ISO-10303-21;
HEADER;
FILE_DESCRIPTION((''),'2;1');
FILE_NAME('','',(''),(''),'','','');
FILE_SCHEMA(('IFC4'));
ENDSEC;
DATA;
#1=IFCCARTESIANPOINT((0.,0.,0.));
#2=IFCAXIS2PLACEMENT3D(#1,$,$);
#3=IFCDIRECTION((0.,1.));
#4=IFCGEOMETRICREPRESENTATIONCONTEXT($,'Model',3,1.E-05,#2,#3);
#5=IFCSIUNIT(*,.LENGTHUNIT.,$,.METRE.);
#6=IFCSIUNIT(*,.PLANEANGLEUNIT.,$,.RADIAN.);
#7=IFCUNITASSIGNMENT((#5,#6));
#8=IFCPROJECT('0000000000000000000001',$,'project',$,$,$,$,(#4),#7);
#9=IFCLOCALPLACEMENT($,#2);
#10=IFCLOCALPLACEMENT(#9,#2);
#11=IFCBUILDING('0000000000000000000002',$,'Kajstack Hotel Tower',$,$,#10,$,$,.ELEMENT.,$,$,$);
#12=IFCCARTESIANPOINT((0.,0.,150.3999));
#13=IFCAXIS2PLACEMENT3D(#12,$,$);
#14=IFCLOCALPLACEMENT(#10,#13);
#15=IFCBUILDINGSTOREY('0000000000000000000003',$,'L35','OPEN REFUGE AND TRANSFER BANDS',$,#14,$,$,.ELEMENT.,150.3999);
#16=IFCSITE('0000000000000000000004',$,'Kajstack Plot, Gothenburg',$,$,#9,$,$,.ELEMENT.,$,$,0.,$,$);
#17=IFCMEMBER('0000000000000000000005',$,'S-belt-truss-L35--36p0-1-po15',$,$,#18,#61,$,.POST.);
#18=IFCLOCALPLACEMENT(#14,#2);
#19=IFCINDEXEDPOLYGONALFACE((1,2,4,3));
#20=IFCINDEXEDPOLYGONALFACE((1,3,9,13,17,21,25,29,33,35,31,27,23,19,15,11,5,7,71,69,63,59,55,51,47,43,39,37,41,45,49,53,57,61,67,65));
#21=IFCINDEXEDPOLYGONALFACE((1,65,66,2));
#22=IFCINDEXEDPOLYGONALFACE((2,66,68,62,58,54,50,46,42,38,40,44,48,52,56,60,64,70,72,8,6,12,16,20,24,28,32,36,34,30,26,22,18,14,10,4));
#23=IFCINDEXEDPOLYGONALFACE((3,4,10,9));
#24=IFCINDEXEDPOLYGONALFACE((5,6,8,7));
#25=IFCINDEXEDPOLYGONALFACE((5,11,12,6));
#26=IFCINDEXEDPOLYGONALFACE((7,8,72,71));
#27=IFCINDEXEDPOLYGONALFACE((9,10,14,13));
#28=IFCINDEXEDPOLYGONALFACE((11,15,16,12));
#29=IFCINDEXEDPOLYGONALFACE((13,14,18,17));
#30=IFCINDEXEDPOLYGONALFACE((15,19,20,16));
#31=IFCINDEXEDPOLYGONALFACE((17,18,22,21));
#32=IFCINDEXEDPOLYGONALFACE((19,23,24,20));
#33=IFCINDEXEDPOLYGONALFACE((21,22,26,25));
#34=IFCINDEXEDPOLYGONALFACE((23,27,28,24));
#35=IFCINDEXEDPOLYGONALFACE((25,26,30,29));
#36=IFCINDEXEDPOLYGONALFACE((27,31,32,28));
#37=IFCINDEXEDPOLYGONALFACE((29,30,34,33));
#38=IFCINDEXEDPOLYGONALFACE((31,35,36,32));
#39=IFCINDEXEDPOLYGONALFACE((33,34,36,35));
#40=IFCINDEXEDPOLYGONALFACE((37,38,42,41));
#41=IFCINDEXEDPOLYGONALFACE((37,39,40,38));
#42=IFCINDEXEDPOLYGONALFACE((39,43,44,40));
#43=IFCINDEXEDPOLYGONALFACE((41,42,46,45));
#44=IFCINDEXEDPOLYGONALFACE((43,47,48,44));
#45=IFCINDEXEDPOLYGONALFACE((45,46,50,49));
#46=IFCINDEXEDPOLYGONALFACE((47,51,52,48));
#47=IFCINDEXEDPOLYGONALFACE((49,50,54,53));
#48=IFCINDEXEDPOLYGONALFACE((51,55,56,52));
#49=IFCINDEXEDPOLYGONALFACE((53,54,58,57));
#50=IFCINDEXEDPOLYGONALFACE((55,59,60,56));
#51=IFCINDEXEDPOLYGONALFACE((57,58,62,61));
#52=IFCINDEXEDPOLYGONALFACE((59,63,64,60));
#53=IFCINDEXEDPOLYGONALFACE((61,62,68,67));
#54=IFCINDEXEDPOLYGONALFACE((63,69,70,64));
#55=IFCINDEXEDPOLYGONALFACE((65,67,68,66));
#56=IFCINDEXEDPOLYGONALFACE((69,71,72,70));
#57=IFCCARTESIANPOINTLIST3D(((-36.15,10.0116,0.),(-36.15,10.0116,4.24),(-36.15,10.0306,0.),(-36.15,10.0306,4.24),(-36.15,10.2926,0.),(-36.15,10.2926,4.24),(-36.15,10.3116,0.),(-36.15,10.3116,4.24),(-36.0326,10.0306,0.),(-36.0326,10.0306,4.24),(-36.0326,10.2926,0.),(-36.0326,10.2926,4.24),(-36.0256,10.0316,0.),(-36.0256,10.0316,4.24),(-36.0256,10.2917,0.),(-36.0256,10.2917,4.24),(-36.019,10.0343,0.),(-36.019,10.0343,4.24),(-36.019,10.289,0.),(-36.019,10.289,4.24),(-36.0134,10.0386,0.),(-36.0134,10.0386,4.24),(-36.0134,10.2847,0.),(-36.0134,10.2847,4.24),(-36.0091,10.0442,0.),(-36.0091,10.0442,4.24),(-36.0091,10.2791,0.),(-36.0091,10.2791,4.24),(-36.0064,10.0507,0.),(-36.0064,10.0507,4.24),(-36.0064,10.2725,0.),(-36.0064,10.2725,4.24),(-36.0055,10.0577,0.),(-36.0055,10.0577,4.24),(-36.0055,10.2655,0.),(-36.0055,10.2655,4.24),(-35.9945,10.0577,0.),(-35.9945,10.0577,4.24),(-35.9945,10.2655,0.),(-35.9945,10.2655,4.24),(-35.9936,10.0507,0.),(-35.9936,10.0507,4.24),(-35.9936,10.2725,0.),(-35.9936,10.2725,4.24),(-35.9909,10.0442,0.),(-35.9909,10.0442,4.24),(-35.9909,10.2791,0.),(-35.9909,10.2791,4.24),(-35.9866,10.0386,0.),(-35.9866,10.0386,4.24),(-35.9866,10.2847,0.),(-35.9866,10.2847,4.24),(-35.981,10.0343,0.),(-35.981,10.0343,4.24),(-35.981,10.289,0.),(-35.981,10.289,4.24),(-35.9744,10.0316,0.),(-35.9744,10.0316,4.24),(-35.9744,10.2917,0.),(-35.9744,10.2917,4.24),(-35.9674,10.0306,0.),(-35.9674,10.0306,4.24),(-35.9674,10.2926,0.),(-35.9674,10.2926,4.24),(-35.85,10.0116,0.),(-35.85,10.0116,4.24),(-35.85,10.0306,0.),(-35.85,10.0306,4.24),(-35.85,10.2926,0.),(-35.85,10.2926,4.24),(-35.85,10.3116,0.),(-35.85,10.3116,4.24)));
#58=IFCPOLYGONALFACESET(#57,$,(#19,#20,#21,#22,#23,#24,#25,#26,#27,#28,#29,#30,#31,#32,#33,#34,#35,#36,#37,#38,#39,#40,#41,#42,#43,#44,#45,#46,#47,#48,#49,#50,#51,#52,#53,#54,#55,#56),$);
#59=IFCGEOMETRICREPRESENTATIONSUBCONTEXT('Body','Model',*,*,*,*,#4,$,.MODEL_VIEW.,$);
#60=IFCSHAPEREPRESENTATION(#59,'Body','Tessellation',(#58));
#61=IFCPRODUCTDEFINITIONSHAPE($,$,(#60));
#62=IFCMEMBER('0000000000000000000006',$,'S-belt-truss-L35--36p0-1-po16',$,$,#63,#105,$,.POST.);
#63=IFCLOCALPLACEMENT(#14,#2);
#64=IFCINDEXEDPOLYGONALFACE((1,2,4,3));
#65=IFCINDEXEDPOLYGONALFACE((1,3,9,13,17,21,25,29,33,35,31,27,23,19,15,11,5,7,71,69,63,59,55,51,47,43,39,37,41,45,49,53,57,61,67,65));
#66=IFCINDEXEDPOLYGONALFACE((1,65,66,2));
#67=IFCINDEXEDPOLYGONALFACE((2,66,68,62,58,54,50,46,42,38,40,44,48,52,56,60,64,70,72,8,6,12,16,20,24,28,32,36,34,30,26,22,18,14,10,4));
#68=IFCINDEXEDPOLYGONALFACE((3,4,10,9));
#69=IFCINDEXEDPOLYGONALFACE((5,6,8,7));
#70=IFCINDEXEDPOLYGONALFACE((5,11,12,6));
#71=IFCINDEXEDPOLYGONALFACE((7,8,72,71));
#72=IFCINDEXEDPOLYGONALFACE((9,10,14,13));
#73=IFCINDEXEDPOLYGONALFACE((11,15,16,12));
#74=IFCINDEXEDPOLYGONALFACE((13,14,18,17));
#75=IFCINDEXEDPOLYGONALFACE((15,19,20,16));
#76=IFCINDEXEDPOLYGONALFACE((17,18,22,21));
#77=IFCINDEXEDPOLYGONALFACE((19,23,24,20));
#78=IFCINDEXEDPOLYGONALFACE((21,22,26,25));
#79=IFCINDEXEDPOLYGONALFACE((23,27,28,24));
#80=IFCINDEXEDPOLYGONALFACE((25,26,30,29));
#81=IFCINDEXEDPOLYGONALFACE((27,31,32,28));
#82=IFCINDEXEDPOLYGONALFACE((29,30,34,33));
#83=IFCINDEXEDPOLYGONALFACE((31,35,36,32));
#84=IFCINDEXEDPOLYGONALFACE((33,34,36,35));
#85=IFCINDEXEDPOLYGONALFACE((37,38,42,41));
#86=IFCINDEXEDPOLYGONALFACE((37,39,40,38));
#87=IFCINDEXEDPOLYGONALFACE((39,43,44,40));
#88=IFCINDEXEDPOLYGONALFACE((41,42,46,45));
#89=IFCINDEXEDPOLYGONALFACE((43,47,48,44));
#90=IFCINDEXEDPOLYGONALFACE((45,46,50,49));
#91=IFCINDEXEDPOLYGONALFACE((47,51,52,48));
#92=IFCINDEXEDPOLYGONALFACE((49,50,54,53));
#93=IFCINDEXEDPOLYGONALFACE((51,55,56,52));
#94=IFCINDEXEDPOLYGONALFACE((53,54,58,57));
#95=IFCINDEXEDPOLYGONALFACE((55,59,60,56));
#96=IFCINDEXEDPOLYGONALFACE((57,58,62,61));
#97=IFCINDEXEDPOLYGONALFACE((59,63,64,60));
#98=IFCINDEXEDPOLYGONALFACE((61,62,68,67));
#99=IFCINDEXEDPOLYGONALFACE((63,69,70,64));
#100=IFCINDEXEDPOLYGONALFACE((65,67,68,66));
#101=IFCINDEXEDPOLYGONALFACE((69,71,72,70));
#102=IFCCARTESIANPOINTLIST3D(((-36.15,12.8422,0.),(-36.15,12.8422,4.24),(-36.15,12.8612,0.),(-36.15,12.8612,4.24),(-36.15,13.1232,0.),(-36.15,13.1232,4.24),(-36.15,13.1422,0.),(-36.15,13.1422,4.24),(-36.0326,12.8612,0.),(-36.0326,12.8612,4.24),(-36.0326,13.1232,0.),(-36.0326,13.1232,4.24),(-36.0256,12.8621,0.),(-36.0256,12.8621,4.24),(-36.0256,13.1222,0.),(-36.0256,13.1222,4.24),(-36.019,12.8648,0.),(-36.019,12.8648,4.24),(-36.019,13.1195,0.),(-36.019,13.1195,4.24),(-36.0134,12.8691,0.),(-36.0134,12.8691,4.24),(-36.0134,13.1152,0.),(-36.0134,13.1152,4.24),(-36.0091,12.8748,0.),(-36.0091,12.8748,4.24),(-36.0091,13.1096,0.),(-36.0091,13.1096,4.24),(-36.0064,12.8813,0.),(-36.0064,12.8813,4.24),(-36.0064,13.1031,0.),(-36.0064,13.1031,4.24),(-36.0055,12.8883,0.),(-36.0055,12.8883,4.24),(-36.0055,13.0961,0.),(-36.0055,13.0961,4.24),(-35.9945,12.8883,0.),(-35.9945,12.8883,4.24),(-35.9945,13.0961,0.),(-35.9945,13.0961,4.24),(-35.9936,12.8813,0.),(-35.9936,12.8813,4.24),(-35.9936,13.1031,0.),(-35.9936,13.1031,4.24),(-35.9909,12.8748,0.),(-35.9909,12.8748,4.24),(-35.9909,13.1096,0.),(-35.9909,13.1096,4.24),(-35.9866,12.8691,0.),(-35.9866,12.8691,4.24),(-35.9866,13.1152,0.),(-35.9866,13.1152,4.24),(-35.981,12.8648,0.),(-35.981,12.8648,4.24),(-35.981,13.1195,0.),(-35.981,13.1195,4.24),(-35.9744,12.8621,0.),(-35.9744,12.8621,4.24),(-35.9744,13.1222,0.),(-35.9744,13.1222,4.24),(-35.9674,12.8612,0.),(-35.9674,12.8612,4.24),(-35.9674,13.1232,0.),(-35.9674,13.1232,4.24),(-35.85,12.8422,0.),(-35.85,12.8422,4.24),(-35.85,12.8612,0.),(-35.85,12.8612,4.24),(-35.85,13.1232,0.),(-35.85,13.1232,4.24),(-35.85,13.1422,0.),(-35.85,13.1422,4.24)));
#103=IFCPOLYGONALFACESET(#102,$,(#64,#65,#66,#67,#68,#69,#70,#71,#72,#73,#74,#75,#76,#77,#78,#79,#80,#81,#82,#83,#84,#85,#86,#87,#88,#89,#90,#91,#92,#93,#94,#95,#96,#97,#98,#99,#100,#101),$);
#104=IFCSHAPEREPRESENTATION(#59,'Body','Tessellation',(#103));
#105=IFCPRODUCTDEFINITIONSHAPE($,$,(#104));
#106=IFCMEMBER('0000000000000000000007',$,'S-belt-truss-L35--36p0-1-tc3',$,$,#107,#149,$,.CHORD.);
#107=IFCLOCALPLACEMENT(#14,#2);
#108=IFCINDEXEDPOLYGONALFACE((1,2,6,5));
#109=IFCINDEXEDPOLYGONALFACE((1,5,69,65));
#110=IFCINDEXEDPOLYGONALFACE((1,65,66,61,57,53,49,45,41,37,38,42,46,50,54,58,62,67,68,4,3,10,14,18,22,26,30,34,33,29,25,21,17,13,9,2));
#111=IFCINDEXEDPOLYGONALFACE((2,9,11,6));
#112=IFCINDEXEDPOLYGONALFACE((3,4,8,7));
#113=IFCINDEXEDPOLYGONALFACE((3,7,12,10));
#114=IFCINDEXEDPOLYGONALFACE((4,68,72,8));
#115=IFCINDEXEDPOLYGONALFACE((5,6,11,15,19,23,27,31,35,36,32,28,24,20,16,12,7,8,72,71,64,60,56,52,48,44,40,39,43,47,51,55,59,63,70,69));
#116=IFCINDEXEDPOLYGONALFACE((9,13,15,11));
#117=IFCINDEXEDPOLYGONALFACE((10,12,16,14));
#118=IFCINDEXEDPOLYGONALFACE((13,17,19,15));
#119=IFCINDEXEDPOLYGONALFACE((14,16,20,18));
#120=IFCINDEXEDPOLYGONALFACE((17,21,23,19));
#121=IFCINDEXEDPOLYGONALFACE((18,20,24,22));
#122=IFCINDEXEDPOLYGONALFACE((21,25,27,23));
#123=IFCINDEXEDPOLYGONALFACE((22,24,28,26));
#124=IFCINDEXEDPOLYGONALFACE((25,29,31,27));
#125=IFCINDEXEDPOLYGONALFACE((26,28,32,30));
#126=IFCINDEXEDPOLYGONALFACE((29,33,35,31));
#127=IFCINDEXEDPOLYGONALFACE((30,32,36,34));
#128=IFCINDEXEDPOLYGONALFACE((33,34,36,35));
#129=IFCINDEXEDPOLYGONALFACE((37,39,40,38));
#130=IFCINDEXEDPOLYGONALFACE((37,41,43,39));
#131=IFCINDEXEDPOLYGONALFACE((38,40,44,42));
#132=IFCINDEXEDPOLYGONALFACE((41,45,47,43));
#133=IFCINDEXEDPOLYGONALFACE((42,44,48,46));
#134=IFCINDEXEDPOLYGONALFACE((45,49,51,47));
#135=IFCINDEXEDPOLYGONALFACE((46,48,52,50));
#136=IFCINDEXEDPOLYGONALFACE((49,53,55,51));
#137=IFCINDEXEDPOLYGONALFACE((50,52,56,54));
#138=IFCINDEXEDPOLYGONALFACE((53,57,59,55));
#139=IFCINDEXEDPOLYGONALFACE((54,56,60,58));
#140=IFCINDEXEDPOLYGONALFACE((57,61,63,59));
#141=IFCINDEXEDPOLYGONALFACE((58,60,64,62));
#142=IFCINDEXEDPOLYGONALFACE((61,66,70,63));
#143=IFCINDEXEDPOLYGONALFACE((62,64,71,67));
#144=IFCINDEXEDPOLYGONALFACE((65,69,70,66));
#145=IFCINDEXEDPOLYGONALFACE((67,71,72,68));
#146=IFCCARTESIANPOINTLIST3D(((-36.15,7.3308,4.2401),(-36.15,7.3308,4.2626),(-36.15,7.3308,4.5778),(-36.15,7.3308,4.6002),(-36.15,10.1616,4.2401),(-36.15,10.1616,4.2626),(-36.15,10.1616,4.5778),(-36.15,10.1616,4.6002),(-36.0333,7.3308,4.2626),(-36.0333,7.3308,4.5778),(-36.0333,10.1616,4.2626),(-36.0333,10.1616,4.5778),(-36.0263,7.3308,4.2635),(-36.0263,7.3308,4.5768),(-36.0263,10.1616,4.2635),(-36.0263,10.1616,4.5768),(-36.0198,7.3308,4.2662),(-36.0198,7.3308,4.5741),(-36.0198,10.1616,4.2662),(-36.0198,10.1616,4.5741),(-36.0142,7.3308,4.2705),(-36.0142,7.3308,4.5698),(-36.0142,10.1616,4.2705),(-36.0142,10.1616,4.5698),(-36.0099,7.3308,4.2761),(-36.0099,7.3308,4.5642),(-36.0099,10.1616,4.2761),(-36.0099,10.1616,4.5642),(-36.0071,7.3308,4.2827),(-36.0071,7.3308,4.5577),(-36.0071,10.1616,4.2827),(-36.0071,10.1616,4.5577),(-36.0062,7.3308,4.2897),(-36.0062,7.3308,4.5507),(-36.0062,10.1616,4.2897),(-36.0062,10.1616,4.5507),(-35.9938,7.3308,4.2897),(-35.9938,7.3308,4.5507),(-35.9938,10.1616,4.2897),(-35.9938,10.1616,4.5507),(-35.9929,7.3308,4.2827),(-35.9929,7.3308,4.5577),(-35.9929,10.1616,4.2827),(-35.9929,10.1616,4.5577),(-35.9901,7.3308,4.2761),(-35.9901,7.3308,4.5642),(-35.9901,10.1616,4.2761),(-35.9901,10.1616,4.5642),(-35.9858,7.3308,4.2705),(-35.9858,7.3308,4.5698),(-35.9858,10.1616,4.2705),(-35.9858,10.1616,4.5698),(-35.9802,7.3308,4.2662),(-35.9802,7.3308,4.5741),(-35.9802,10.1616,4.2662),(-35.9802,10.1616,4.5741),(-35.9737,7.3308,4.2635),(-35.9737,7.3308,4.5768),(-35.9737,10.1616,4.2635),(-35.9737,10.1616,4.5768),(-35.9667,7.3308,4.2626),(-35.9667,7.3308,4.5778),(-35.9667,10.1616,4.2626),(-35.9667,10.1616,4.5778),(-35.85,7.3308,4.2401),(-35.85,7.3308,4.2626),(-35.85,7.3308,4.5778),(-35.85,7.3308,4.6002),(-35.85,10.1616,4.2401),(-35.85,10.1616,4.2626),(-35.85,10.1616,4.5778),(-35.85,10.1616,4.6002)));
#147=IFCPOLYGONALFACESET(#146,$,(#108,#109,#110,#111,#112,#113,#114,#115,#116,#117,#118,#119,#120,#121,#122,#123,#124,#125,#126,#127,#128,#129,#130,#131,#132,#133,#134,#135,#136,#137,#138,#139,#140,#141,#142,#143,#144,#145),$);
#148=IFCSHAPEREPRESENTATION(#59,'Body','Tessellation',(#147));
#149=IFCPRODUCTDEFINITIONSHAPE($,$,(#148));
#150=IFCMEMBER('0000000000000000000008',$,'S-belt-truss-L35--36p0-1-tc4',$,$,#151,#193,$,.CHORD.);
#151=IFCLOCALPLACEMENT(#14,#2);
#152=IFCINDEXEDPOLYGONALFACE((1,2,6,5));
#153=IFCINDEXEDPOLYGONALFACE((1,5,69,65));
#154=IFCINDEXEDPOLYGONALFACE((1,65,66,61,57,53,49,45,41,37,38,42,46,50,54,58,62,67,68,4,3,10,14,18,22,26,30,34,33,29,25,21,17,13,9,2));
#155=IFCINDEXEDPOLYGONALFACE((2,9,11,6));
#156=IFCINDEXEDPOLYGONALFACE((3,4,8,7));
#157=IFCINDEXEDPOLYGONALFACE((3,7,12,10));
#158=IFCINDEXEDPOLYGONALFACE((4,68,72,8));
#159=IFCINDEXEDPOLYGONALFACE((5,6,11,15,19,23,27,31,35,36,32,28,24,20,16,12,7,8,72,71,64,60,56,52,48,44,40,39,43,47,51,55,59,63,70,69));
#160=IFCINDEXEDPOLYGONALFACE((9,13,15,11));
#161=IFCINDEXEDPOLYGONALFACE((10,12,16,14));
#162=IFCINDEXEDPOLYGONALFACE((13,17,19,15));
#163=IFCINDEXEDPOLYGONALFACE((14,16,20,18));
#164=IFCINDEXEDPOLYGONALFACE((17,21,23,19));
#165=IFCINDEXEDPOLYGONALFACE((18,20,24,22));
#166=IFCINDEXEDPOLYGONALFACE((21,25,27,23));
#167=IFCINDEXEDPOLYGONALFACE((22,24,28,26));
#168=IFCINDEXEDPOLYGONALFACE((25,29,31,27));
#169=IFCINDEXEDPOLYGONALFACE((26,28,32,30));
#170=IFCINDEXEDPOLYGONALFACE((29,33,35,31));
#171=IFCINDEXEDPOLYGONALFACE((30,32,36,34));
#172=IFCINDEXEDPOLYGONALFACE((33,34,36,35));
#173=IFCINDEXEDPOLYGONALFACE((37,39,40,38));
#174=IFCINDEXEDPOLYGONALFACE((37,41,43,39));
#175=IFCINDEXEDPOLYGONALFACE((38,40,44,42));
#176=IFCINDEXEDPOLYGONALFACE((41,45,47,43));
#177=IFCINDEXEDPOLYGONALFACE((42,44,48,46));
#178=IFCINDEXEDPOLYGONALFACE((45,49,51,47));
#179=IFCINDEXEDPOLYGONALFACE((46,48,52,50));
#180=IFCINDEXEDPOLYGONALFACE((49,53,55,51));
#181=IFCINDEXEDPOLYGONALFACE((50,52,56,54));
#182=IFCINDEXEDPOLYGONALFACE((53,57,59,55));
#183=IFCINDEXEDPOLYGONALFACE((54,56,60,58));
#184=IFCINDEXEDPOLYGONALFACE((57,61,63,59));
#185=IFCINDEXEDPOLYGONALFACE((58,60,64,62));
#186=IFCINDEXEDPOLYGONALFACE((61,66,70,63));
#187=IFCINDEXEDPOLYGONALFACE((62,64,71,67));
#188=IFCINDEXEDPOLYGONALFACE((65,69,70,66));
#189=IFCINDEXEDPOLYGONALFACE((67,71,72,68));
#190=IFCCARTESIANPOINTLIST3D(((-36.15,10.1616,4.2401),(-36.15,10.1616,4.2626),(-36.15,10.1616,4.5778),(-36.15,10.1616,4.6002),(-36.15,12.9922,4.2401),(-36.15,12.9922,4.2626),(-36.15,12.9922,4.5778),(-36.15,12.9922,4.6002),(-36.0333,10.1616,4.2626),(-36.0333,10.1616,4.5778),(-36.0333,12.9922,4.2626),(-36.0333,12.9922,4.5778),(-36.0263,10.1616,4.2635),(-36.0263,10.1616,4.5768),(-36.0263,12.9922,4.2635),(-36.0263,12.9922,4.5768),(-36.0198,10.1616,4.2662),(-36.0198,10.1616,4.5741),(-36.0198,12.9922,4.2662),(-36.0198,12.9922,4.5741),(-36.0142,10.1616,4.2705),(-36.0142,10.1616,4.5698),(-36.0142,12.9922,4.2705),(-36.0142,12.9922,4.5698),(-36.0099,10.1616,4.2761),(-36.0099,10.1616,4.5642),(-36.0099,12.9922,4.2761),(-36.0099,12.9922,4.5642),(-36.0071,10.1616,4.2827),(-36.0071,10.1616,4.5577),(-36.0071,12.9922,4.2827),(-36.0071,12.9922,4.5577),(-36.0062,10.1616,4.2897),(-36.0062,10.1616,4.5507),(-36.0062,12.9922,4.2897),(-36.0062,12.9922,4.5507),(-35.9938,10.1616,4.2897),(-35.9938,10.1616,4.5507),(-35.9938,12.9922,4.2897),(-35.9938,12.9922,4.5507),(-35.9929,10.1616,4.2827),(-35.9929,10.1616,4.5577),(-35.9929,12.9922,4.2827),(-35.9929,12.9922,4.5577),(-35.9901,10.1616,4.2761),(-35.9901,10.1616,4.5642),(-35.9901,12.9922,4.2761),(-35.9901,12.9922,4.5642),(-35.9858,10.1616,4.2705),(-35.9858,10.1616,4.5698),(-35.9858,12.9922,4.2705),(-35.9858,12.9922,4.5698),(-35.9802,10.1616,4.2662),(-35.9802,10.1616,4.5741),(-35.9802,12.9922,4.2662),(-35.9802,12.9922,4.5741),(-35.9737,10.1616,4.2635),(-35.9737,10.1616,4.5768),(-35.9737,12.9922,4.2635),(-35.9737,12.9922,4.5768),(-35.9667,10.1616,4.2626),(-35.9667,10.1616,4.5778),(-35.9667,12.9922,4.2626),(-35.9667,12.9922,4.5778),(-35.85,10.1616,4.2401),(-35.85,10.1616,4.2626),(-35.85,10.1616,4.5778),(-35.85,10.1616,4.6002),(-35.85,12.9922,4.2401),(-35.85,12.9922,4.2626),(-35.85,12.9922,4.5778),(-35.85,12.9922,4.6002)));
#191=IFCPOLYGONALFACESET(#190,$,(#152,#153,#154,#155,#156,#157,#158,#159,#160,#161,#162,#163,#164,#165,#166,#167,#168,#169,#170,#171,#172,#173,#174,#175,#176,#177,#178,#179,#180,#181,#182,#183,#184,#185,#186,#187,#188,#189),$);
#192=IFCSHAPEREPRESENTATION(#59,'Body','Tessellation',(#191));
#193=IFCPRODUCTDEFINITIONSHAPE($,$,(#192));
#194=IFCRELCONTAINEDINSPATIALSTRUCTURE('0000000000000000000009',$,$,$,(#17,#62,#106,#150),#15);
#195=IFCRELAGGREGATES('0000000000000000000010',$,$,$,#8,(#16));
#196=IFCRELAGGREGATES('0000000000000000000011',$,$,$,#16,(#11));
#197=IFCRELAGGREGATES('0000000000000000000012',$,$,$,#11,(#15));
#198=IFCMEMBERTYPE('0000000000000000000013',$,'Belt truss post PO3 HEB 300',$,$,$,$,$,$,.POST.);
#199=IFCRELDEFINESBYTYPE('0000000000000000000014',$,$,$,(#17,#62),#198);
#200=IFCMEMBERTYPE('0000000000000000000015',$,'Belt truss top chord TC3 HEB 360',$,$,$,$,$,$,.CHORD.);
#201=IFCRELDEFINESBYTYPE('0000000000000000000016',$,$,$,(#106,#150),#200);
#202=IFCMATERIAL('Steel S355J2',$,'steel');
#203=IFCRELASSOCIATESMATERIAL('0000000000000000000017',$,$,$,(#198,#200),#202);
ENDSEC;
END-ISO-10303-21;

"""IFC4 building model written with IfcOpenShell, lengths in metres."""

from ifc_helpers import new_model, si_unit, direction, frame, origin, origin_2d, place, context, subcontext, project, spatial, i_section, extrude, material, material_profile, profile_set, type_object, element, save


model = new_model("IFC4")

# Units and contexts
model_context = context("Model", 3, precision=1e-05, world=origin(), true_north=direction((0.0, 1.0)))
body_context = subcontext(model_context, "Body", "Model", "MODEL_VIEW")
ifc_project = project(units=[si_unit("LENGTHUNIT", "METRE"), si_unit("PLANEANGLEUNIT", "RADIAN")], contexts=[model_context])

# Site, building, storey
site_placement = place(None, origin())
site = spatial("IfcSite", under=ifc_project, at=site_placement, Name="Kajstack Plot, Gothenburg", CompositionType="ELEMENT", RefElevation=0.0)
building_placement = place(site_placement, origin())
building = spatial("IfcBuilding", under=site, at=building_placement, Name="Kajstack Hotel Tower", CompositionType="ELEMENT")
storey_placement = place(building_placement, frame((0.0, 0.0, 150.3999)))
storey = spatial("IfcBuildingStorey", under=building, at=storey_placement, Name="L35", Description="OPEN REFUGE AND TRANSFER BANDS", CompositionType="ELEMENT", Elevation=150.3999)

# Members
ifc_material = material(Name="Steel S355J2", Category="steel")
ifc_material_profile_1 = material_profile(ifc_material, i_section(OverallWidth=0.3, OverallDepth=0.3, WebThickness=0.011, FlangeThickness=0.019, FilletRadius=0.0271, at=origin_2d()), Name="HEB 300")
ifc_profile_set_1 = profile_set([ifc_material_profile_1], Name="Steel S355J2")
member_type_1 = type_object("IfcMemberType", Name="Belt truss post PO3 HEB 300", PredefinedType="POST", material=ifc_profile_set_1)
for number, where, z_axis, x_axis, name in (
    (1, (-36.0, 10.1616, 0.0), (0.0, 0.0, 1.0), (1.0, 0.0, 0.0), "S-belt-truss-L35--36p0-1-po15"),
    (2, (-36.0, 12.9922, 0.0), (0.0, 0.0, 1.0), (1.0, 0.0, 0.0), "S-belt-truss-L35--36p0-1-po16"),
):
    element("IfcMember", number, at=place(storey_placement, frame(where, z_axis=z_axis, x_axis=x_axis)), inside=storey, type_object=member_type_1, Name=name, PredefinedType="POST", context=body_context, shape_type="SweptSolid", body=[
        extrude(i_section(OverallWidth=0.3, OverallDepth=0.3, WebThickness=0.011, FlangeThickness=0.019, FilletRadius=0.0271, at=origin_2d()), origin(), (0.0, 0.0, 1.0), 4.24),
    ])
ifc_material_profile_2 = material_profile(ifc_material, i_section(OverallWidth=0.3, OverallDepth=0.3601, WebThickness=0.0125, FlangeThickness=0.0225, FilletRadius=0.0271, at=origin_2d()), Name="HEB 360")
ifc_profile_set_2 = profile_set([ifc_material_profile_2], Name="Steel S355J2")
member_type_2 = type_object("IfcMemberType", Name="Belt truss top chord TC3 HEB 360", PredefinedType="CHORD", material=ifc_profile_set_2)
member_1_placement = place(storey_placement, frame((-36.0, 7.3308, 4.4202), z_axis=(0.0, 1.0, 0.0), x_axis=(-1.0, 0.0, 0.0)))
element("IfcMember", 3, at=member_1_placement, inside=storey, type_object=member_type_2, Name="S-belt-truss-L35--36p0-1-tc3", PredefinedType="CHORD", context=body_context, shape_type="SweptSolid", body=[
    extrude(i_section(OverallWidth=0.3, OverallDepth=0.3601, WebThickness=0.0125, FlangeThickness=0.0225, FilletRadius=0.0271, at=origin_2d()), origin(), (0.0, 0.0, 1.0), 2.8308),
])
member_2_placement = place(storey_placement, frame((-36.0, 10.1616, 4.4202), z_axis=(0.0, 1.0, 0.0), x_axis=(-1.0, 0.0, 0.0)))
element("IfcMember", 4, at=member_2_placement, inside=storey, type_object=member_type_2, Name="S-belt-truss-L35--36p0-1-tc4", PredefinedType="CHORD", context=body_context, shape_type="SweptSolid", body=[
    extrude(i_section(OverallWidth=0.3, OverallDepth=0.3601, WebThickness=0.0125, FlangeThickness=0.0225, FilletRadius=0.0271, at=origin_2d()), origin(), (0.0, 0.0, 1.0), 2.8306),
])

save(model, "model.ifc")
